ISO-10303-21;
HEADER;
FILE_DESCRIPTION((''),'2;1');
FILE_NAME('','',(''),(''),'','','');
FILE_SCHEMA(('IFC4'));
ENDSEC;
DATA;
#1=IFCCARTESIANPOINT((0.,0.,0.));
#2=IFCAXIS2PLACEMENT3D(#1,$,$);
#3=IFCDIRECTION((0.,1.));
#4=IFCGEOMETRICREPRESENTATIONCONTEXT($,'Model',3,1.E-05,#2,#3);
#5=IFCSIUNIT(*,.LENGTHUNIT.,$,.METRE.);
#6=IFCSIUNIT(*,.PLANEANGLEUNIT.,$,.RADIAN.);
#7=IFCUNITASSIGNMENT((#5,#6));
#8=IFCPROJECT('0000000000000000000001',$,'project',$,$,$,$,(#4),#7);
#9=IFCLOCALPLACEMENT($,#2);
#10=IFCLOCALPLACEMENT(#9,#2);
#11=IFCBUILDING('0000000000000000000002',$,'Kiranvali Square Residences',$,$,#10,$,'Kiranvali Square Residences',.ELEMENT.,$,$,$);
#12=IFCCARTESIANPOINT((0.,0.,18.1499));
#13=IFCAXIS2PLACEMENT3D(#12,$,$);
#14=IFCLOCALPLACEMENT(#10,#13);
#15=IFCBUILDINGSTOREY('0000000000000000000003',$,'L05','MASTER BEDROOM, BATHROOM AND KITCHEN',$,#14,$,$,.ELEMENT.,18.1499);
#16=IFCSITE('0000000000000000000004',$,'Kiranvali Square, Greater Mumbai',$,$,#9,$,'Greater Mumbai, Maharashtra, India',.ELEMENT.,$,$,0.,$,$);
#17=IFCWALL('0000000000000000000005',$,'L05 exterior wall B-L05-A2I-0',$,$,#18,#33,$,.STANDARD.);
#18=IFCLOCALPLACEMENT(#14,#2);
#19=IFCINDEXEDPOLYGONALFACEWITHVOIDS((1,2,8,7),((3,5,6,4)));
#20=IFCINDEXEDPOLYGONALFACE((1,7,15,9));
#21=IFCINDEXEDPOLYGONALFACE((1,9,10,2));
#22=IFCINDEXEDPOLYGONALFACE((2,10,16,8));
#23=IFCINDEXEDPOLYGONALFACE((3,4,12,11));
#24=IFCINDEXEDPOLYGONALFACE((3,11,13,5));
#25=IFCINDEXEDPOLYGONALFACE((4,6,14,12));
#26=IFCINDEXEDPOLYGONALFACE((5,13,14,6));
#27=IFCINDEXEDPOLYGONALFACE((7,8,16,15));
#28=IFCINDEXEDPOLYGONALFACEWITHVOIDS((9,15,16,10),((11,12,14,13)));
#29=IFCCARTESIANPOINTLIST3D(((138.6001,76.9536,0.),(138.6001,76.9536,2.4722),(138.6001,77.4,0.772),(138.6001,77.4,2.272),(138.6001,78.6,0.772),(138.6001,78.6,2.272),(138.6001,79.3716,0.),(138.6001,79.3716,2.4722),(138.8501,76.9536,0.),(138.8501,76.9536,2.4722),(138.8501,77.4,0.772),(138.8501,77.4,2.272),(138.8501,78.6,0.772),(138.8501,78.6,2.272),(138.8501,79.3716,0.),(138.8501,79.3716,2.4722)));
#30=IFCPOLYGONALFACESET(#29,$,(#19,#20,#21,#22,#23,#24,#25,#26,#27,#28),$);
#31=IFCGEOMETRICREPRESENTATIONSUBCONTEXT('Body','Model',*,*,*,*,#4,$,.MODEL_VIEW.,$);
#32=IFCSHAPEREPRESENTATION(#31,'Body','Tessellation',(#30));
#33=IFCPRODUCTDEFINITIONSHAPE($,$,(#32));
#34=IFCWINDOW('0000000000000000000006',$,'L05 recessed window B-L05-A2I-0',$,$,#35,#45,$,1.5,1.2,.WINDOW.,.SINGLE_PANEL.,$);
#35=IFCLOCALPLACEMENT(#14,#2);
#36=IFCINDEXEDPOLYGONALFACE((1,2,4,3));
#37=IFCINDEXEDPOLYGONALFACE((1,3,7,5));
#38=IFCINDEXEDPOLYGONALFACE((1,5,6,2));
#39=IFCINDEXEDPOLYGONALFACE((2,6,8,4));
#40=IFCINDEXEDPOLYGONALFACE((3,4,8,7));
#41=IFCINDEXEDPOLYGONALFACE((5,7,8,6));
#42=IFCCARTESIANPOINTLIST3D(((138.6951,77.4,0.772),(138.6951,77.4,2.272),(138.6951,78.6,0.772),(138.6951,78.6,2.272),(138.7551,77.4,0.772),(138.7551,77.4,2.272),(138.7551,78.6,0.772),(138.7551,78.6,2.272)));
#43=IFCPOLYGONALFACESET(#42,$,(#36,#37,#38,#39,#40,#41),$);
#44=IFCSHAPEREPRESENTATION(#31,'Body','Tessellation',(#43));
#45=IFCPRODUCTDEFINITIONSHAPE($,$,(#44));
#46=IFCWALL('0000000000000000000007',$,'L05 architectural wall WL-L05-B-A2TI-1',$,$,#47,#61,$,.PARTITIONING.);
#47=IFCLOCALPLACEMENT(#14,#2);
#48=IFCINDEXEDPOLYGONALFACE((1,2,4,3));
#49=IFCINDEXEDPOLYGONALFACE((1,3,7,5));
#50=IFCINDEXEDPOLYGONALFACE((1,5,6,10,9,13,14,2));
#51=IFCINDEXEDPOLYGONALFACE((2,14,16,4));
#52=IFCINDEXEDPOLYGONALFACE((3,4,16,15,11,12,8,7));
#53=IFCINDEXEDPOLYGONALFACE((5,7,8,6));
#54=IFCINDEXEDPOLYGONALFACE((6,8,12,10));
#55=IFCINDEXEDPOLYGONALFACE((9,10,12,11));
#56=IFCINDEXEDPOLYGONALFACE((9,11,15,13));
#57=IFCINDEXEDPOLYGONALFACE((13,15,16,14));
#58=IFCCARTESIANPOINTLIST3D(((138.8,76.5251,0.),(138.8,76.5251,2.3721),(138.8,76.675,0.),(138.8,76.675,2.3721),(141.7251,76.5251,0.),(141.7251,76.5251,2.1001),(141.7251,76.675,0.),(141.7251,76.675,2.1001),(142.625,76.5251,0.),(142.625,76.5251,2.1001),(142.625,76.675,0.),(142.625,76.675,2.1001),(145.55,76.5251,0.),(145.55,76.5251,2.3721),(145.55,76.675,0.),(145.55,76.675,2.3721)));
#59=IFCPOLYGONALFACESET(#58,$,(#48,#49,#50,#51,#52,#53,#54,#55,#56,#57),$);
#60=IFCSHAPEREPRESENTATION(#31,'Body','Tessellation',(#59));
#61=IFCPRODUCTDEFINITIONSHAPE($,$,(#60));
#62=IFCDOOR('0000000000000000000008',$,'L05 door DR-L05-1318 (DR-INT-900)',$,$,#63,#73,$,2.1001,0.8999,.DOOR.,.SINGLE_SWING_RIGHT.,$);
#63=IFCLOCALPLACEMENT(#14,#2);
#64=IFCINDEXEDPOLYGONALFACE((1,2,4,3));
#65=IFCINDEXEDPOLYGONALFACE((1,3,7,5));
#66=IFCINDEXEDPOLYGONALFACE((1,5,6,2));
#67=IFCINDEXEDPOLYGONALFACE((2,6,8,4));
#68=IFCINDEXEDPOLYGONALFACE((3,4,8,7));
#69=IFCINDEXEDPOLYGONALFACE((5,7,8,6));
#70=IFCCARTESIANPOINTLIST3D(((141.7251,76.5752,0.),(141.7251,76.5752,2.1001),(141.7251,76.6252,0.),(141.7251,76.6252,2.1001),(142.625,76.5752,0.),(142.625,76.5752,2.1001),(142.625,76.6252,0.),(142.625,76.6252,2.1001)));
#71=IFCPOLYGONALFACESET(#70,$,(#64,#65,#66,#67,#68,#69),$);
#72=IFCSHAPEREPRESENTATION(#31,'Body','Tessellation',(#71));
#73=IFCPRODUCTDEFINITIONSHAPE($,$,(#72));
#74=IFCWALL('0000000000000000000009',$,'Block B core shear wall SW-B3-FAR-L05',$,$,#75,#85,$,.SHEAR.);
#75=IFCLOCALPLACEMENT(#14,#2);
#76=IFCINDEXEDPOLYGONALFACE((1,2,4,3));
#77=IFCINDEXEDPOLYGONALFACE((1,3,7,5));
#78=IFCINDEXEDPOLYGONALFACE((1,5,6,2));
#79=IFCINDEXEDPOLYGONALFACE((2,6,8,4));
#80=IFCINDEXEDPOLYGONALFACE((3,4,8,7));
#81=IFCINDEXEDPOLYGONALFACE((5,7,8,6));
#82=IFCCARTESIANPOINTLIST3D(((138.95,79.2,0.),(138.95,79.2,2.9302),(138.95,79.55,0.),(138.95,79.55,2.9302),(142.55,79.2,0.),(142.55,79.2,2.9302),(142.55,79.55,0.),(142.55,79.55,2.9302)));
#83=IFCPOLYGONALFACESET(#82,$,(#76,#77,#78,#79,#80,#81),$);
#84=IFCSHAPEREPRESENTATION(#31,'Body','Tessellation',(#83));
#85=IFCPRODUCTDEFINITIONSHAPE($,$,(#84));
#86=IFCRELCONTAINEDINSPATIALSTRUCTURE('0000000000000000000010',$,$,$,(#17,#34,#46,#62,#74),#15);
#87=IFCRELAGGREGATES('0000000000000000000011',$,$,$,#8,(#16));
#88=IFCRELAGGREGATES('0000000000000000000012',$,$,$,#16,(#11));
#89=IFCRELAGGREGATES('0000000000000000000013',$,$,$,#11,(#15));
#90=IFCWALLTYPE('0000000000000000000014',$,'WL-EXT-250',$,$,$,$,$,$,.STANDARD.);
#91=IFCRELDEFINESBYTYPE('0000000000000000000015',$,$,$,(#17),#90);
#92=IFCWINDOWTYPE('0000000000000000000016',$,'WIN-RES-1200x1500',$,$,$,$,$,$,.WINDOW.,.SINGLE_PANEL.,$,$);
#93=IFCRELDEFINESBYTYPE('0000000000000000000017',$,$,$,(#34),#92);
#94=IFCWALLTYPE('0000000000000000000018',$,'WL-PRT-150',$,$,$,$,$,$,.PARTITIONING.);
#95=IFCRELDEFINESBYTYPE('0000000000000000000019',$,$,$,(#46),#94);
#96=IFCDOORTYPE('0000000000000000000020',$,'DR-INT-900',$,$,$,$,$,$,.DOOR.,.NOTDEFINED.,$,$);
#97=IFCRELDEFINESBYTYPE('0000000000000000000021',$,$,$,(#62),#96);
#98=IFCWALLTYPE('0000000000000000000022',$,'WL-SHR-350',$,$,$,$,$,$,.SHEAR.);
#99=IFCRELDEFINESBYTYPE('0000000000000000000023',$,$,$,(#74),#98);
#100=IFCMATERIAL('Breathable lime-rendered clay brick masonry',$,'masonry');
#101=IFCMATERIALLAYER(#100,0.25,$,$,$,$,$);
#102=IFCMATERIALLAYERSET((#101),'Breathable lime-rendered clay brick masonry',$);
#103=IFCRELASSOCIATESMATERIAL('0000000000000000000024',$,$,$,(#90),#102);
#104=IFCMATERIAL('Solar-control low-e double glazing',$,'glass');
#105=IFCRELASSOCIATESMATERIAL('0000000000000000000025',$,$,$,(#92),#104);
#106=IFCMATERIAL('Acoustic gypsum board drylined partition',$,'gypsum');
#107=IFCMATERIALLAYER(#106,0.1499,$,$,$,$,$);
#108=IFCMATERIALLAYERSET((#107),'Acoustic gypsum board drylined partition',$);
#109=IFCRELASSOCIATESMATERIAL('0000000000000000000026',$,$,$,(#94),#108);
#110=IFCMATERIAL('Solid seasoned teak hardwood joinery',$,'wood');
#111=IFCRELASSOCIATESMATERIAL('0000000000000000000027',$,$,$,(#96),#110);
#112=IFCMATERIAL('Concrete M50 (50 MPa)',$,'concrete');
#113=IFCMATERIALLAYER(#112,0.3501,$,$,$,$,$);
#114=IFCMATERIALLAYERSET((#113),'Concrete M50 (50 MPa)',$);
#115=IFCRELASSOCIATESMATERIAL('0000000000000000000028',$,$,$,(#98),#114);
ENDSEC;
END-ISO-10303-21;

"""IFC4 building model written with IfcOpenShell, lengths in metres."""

from ifc_helpers import new_model, si_unit, direction, frame, frame_2d, origin, place, context, subcontext, project, spatial, rectangle, extrude, material, layer, layer_set, type_object, element, fill, save


model = new_model("IFC4")

# Units and contexts
model_context = context("Model", 3, precision=1e-05, world=origin(), true_north=direction((0.0, 1.0)))
body_context = subcontext(model_context, "Body", "Model", "MODEL_VIEW")
ifc_project = project(units=[si_unit("LENGTHUNIT", "METRE"), si_unit("PLANEANGLEUNIT", "RADIAN")], contexts=[model_context])

# Site, building, storey
site_placement = place(None, origin())
site = spatial("IfcSite", under=ifc_project, at=site_placement, Name="Kiranvali Square, Greater Mumbai", LongName="Greater Mumbai, Maharashtra, India", CompositionType="ELEMENT", RefElevation=0.0)
building_placement = place(site_placement, origin())
building = spatial("IfcBuilding", under=site, at=building_placement, Name="Kiranvali Square Residences", LongName="Kiranvali Square Residences", CompositionType="ELEMENT")
storey_placement = place(building_placement, frame((0.0, 0.0, 18.1499)))
storey = spatial("IfcBuildingStorey", under=building, at=storey_placement, Name="L05", Description="MASTER BEDROOM, BATHROOM AND KITCHEN", CompositionType="ELEMENT", Elevation=18.1499)

# Wall, opening, window
ifc_material_1 = material(Name="Breathable lime-rendered clay brick masonry", Category="masonry")
ifc_layer_1 = layer(ifc_material_1, 0.25)
ifc_layer_set_1 = layer_set([ifc_layer_1], Name="Breathable lime-rendered clay brick masonry")
wall_type_1 = type_object("IfcWallType", Name="WL-EXT-250", PredefinedType="STANDARD", material=ifc_layer_set_1)
wall_1_placement = place(storey_placement, frame((138.7251, 79.3716, 0.0), z_axis=(0.0, 0.0, 1.0), x_axis=(0.0, -1.0, 0.0)))
wall_1 = element("IfcWall", 1, at=wall_1_placement, inside=storey, type_object=wall_type_1, Name="L05 exterior wall B-L05-A2I-0", PredefinedType="STANDARD", context=body_context, shape_type="SweptSolid", body=[
    extrude(rectangle(XDim=2.418, YDim=0.25, at=frame_2d((1.209, 0.0))), origin(), (0.0, 0.0, 1.0), 2.4722),
])
opening_1_placement = place(wall_1_placement, frame((0.7715, 0.0, 0.772)))
opening_1 = element("IfcOpeningElement", 2, at=opening_1_placement, cuts=wall_1, PredefinedType="OPENING", context=body_context, shape_type="SweptSolid", body=[
    extrude(rectangle(XDim=1.2, YDim=1.5, at=frame_2d((0.6001, 0.75))), frame((0.0, 0.135, 0.0), z_axis=(0.0, -1.0, 0.0), x_axis=(1.0, 0.0, 0.0)), (0.0, 0.0, 1.0), 0.27),
])
ifc_material_2 = material(Name="Solar-control low-e double glazing", Category="glass")
window_type = type_object("IfcWindowType", Name="WIN-RES-1200x1500", PartitioningType="SINGLE_PANEL", PredefinedType="WINDOW", material=ifc_material_2)
window_placement = place(opening_1_placement, origin())
window = element("IfcWindow", 3, at=window_placement, inside=storey, type_object=window_type, Name="L05 recessed window B-L05-A2I-0", OverallHeight=1.5, OverallWidth=1.2, PartitioningType="SINGLE_PANEL", PredefinedType="WINDOW", context=body_context, shape_type="SweptSolid", body=[
    extrude(rectangle(XDim=1.2, YDim=1.5, at=frame_2d((0.6001, 0.75))), frame((0.0, 0.03, 0.0), z_axis=(0.0, -1.0, 0.0), x_axis=(1.0, 0.0, 0.0)), (0.0, 0.0, 1.0), 0.0601),
])
fill(opening_1, window)

# Wall, opening, door
ifc_material_3 = material(Name="Acoustic gypsum board drylined partition", Category="gypsum")
ifc_layer_2 = layer(ifc_material_3, 0.1499)
ifc_layer_set_2 = layer_set([ifc_layer_2], Name="Acoustic gypsum board drylined partition")
wall_type_2 = type_object("IfcWallType", Name="WL-PRT-150", PredefinedType="PARTITIONING", material=ifc_layer_set_2)
wall_2_placement = place(storey_placement, frame((138.8, 76.6001, 0.0), z_axis=(0.0, 0.0, 1.0), x_axis=(1.0, 0.0, 0.0)))
wall_2 = element("IfcWall", 4, at=wall_2_placement, inside=storey, type_object=wall_type_2, Name="L05 architectural wall WL-L05-B-A2TI-1", PredefinedType="PARTITIONING", context=body_context, shape_type="SweptSolid", body=[
    extrude(rectangle(XDim=6.75, YDim=0.1499, at=frame_2d((3.375, 0.0))), origin(), (0.0, 0.0, 1.0), 2.3721),
])
opening_2_placement = place(wall_2_placement, frame((2.925, 0.0, 0.0)))
opening_2 = element("IfcOpeningElement", 5, at=opening_2_placement, cuts=wall_2, PredefinedType="OPENING", context=body_context, shape_type="SweptSolid", body=[
    extrude(rectangle(XDim=0.8999, YDim=2.1001, at=frame_2d((0.45, 1.05))), frame((0.0, 0.085, 0.0), z_axis=(0.0, -1.0, 0.0), x_axis=(1.0, 0.0, 0.0)), (0.0, 0.0, 1.0), 0.1699),
])
ifc_material_4 = material(Name="Solid seasoned teak hardwood joinery", Category="wood")
door_type_1 = type_object("IfcDoorType", Name="DR-INT-900", OperationType="NOTDEFINED", PredefinedType="DOOR", material=ifc_material_4)
door_1_placement = place(opening_2_placement, frame((0.8999, 0.0, 0.0), z_axis=(0.0, 0.0, 1.0), x_axis=(-1.0, 0.0, 0.0)))
door_1 = element("IfcDoor", 6, at=door_1_placement, inside=storey, type_object=door_type_1, Name="L05 door DR-L05-1318 (DR-INT-900)", OperationType="SINGLE_SWING_RIGHT", OverallHeight=2.1001, OverallWidth=0.8999, PredefinedType="DOOR", context=body_context, shape_type="SweptSolid", body=[
    extrude(rectangle(XDim=0.8999, YDim=2.1001, at=frame_2d((0.45, 1.05))), frame((0.0, 0.0249, 0.0), z_axis=(0.0, -1.0, 0.0), x_axis=(1.0, 0.0, 0.0)), (0.0, 0.0, 1.0), 0.05),
])
fill(opening_2, door_1)

# Wall
ifc_material_5 = material(Name="Concrete M50 (50 MPa)", Category="concrete")
ifc_layer_3 = layer(ifc_material_5, 0.3501)
ifc_layer_set_3 = layer_set([ifc_layer_3], Name="Concrete M50 (50 MPa)")
wall_type_3 = type_object("IfcWallType", Name="WL-SHR-350", PredefinedType="SHEAR", material=ifc_layer_set_3)
wall_3_placement = place(storey_placement, frame((138.95, 79.375, 0.0), z_axis=(0.0, 0.0, 1.0), x_axis=(1.0, 0.0, 0.0)))
element("IfcWall", 7, at=wall_3_placement, inside=storey, type_object=wall_type_3, Name="Block B core shear wall SW-B3-FAR-L05", PredefinedType="SHEAR", context=body_context, shape_type="SweptSolid", body=[
    extrude(rectangle(XDim=3.6001, YDim=0.3501, at=frame_2d((1.8, 0.0))), origin(), (0.0, 0.0, 1.0), 2.9302),
])

save(model, "model.ifc")
